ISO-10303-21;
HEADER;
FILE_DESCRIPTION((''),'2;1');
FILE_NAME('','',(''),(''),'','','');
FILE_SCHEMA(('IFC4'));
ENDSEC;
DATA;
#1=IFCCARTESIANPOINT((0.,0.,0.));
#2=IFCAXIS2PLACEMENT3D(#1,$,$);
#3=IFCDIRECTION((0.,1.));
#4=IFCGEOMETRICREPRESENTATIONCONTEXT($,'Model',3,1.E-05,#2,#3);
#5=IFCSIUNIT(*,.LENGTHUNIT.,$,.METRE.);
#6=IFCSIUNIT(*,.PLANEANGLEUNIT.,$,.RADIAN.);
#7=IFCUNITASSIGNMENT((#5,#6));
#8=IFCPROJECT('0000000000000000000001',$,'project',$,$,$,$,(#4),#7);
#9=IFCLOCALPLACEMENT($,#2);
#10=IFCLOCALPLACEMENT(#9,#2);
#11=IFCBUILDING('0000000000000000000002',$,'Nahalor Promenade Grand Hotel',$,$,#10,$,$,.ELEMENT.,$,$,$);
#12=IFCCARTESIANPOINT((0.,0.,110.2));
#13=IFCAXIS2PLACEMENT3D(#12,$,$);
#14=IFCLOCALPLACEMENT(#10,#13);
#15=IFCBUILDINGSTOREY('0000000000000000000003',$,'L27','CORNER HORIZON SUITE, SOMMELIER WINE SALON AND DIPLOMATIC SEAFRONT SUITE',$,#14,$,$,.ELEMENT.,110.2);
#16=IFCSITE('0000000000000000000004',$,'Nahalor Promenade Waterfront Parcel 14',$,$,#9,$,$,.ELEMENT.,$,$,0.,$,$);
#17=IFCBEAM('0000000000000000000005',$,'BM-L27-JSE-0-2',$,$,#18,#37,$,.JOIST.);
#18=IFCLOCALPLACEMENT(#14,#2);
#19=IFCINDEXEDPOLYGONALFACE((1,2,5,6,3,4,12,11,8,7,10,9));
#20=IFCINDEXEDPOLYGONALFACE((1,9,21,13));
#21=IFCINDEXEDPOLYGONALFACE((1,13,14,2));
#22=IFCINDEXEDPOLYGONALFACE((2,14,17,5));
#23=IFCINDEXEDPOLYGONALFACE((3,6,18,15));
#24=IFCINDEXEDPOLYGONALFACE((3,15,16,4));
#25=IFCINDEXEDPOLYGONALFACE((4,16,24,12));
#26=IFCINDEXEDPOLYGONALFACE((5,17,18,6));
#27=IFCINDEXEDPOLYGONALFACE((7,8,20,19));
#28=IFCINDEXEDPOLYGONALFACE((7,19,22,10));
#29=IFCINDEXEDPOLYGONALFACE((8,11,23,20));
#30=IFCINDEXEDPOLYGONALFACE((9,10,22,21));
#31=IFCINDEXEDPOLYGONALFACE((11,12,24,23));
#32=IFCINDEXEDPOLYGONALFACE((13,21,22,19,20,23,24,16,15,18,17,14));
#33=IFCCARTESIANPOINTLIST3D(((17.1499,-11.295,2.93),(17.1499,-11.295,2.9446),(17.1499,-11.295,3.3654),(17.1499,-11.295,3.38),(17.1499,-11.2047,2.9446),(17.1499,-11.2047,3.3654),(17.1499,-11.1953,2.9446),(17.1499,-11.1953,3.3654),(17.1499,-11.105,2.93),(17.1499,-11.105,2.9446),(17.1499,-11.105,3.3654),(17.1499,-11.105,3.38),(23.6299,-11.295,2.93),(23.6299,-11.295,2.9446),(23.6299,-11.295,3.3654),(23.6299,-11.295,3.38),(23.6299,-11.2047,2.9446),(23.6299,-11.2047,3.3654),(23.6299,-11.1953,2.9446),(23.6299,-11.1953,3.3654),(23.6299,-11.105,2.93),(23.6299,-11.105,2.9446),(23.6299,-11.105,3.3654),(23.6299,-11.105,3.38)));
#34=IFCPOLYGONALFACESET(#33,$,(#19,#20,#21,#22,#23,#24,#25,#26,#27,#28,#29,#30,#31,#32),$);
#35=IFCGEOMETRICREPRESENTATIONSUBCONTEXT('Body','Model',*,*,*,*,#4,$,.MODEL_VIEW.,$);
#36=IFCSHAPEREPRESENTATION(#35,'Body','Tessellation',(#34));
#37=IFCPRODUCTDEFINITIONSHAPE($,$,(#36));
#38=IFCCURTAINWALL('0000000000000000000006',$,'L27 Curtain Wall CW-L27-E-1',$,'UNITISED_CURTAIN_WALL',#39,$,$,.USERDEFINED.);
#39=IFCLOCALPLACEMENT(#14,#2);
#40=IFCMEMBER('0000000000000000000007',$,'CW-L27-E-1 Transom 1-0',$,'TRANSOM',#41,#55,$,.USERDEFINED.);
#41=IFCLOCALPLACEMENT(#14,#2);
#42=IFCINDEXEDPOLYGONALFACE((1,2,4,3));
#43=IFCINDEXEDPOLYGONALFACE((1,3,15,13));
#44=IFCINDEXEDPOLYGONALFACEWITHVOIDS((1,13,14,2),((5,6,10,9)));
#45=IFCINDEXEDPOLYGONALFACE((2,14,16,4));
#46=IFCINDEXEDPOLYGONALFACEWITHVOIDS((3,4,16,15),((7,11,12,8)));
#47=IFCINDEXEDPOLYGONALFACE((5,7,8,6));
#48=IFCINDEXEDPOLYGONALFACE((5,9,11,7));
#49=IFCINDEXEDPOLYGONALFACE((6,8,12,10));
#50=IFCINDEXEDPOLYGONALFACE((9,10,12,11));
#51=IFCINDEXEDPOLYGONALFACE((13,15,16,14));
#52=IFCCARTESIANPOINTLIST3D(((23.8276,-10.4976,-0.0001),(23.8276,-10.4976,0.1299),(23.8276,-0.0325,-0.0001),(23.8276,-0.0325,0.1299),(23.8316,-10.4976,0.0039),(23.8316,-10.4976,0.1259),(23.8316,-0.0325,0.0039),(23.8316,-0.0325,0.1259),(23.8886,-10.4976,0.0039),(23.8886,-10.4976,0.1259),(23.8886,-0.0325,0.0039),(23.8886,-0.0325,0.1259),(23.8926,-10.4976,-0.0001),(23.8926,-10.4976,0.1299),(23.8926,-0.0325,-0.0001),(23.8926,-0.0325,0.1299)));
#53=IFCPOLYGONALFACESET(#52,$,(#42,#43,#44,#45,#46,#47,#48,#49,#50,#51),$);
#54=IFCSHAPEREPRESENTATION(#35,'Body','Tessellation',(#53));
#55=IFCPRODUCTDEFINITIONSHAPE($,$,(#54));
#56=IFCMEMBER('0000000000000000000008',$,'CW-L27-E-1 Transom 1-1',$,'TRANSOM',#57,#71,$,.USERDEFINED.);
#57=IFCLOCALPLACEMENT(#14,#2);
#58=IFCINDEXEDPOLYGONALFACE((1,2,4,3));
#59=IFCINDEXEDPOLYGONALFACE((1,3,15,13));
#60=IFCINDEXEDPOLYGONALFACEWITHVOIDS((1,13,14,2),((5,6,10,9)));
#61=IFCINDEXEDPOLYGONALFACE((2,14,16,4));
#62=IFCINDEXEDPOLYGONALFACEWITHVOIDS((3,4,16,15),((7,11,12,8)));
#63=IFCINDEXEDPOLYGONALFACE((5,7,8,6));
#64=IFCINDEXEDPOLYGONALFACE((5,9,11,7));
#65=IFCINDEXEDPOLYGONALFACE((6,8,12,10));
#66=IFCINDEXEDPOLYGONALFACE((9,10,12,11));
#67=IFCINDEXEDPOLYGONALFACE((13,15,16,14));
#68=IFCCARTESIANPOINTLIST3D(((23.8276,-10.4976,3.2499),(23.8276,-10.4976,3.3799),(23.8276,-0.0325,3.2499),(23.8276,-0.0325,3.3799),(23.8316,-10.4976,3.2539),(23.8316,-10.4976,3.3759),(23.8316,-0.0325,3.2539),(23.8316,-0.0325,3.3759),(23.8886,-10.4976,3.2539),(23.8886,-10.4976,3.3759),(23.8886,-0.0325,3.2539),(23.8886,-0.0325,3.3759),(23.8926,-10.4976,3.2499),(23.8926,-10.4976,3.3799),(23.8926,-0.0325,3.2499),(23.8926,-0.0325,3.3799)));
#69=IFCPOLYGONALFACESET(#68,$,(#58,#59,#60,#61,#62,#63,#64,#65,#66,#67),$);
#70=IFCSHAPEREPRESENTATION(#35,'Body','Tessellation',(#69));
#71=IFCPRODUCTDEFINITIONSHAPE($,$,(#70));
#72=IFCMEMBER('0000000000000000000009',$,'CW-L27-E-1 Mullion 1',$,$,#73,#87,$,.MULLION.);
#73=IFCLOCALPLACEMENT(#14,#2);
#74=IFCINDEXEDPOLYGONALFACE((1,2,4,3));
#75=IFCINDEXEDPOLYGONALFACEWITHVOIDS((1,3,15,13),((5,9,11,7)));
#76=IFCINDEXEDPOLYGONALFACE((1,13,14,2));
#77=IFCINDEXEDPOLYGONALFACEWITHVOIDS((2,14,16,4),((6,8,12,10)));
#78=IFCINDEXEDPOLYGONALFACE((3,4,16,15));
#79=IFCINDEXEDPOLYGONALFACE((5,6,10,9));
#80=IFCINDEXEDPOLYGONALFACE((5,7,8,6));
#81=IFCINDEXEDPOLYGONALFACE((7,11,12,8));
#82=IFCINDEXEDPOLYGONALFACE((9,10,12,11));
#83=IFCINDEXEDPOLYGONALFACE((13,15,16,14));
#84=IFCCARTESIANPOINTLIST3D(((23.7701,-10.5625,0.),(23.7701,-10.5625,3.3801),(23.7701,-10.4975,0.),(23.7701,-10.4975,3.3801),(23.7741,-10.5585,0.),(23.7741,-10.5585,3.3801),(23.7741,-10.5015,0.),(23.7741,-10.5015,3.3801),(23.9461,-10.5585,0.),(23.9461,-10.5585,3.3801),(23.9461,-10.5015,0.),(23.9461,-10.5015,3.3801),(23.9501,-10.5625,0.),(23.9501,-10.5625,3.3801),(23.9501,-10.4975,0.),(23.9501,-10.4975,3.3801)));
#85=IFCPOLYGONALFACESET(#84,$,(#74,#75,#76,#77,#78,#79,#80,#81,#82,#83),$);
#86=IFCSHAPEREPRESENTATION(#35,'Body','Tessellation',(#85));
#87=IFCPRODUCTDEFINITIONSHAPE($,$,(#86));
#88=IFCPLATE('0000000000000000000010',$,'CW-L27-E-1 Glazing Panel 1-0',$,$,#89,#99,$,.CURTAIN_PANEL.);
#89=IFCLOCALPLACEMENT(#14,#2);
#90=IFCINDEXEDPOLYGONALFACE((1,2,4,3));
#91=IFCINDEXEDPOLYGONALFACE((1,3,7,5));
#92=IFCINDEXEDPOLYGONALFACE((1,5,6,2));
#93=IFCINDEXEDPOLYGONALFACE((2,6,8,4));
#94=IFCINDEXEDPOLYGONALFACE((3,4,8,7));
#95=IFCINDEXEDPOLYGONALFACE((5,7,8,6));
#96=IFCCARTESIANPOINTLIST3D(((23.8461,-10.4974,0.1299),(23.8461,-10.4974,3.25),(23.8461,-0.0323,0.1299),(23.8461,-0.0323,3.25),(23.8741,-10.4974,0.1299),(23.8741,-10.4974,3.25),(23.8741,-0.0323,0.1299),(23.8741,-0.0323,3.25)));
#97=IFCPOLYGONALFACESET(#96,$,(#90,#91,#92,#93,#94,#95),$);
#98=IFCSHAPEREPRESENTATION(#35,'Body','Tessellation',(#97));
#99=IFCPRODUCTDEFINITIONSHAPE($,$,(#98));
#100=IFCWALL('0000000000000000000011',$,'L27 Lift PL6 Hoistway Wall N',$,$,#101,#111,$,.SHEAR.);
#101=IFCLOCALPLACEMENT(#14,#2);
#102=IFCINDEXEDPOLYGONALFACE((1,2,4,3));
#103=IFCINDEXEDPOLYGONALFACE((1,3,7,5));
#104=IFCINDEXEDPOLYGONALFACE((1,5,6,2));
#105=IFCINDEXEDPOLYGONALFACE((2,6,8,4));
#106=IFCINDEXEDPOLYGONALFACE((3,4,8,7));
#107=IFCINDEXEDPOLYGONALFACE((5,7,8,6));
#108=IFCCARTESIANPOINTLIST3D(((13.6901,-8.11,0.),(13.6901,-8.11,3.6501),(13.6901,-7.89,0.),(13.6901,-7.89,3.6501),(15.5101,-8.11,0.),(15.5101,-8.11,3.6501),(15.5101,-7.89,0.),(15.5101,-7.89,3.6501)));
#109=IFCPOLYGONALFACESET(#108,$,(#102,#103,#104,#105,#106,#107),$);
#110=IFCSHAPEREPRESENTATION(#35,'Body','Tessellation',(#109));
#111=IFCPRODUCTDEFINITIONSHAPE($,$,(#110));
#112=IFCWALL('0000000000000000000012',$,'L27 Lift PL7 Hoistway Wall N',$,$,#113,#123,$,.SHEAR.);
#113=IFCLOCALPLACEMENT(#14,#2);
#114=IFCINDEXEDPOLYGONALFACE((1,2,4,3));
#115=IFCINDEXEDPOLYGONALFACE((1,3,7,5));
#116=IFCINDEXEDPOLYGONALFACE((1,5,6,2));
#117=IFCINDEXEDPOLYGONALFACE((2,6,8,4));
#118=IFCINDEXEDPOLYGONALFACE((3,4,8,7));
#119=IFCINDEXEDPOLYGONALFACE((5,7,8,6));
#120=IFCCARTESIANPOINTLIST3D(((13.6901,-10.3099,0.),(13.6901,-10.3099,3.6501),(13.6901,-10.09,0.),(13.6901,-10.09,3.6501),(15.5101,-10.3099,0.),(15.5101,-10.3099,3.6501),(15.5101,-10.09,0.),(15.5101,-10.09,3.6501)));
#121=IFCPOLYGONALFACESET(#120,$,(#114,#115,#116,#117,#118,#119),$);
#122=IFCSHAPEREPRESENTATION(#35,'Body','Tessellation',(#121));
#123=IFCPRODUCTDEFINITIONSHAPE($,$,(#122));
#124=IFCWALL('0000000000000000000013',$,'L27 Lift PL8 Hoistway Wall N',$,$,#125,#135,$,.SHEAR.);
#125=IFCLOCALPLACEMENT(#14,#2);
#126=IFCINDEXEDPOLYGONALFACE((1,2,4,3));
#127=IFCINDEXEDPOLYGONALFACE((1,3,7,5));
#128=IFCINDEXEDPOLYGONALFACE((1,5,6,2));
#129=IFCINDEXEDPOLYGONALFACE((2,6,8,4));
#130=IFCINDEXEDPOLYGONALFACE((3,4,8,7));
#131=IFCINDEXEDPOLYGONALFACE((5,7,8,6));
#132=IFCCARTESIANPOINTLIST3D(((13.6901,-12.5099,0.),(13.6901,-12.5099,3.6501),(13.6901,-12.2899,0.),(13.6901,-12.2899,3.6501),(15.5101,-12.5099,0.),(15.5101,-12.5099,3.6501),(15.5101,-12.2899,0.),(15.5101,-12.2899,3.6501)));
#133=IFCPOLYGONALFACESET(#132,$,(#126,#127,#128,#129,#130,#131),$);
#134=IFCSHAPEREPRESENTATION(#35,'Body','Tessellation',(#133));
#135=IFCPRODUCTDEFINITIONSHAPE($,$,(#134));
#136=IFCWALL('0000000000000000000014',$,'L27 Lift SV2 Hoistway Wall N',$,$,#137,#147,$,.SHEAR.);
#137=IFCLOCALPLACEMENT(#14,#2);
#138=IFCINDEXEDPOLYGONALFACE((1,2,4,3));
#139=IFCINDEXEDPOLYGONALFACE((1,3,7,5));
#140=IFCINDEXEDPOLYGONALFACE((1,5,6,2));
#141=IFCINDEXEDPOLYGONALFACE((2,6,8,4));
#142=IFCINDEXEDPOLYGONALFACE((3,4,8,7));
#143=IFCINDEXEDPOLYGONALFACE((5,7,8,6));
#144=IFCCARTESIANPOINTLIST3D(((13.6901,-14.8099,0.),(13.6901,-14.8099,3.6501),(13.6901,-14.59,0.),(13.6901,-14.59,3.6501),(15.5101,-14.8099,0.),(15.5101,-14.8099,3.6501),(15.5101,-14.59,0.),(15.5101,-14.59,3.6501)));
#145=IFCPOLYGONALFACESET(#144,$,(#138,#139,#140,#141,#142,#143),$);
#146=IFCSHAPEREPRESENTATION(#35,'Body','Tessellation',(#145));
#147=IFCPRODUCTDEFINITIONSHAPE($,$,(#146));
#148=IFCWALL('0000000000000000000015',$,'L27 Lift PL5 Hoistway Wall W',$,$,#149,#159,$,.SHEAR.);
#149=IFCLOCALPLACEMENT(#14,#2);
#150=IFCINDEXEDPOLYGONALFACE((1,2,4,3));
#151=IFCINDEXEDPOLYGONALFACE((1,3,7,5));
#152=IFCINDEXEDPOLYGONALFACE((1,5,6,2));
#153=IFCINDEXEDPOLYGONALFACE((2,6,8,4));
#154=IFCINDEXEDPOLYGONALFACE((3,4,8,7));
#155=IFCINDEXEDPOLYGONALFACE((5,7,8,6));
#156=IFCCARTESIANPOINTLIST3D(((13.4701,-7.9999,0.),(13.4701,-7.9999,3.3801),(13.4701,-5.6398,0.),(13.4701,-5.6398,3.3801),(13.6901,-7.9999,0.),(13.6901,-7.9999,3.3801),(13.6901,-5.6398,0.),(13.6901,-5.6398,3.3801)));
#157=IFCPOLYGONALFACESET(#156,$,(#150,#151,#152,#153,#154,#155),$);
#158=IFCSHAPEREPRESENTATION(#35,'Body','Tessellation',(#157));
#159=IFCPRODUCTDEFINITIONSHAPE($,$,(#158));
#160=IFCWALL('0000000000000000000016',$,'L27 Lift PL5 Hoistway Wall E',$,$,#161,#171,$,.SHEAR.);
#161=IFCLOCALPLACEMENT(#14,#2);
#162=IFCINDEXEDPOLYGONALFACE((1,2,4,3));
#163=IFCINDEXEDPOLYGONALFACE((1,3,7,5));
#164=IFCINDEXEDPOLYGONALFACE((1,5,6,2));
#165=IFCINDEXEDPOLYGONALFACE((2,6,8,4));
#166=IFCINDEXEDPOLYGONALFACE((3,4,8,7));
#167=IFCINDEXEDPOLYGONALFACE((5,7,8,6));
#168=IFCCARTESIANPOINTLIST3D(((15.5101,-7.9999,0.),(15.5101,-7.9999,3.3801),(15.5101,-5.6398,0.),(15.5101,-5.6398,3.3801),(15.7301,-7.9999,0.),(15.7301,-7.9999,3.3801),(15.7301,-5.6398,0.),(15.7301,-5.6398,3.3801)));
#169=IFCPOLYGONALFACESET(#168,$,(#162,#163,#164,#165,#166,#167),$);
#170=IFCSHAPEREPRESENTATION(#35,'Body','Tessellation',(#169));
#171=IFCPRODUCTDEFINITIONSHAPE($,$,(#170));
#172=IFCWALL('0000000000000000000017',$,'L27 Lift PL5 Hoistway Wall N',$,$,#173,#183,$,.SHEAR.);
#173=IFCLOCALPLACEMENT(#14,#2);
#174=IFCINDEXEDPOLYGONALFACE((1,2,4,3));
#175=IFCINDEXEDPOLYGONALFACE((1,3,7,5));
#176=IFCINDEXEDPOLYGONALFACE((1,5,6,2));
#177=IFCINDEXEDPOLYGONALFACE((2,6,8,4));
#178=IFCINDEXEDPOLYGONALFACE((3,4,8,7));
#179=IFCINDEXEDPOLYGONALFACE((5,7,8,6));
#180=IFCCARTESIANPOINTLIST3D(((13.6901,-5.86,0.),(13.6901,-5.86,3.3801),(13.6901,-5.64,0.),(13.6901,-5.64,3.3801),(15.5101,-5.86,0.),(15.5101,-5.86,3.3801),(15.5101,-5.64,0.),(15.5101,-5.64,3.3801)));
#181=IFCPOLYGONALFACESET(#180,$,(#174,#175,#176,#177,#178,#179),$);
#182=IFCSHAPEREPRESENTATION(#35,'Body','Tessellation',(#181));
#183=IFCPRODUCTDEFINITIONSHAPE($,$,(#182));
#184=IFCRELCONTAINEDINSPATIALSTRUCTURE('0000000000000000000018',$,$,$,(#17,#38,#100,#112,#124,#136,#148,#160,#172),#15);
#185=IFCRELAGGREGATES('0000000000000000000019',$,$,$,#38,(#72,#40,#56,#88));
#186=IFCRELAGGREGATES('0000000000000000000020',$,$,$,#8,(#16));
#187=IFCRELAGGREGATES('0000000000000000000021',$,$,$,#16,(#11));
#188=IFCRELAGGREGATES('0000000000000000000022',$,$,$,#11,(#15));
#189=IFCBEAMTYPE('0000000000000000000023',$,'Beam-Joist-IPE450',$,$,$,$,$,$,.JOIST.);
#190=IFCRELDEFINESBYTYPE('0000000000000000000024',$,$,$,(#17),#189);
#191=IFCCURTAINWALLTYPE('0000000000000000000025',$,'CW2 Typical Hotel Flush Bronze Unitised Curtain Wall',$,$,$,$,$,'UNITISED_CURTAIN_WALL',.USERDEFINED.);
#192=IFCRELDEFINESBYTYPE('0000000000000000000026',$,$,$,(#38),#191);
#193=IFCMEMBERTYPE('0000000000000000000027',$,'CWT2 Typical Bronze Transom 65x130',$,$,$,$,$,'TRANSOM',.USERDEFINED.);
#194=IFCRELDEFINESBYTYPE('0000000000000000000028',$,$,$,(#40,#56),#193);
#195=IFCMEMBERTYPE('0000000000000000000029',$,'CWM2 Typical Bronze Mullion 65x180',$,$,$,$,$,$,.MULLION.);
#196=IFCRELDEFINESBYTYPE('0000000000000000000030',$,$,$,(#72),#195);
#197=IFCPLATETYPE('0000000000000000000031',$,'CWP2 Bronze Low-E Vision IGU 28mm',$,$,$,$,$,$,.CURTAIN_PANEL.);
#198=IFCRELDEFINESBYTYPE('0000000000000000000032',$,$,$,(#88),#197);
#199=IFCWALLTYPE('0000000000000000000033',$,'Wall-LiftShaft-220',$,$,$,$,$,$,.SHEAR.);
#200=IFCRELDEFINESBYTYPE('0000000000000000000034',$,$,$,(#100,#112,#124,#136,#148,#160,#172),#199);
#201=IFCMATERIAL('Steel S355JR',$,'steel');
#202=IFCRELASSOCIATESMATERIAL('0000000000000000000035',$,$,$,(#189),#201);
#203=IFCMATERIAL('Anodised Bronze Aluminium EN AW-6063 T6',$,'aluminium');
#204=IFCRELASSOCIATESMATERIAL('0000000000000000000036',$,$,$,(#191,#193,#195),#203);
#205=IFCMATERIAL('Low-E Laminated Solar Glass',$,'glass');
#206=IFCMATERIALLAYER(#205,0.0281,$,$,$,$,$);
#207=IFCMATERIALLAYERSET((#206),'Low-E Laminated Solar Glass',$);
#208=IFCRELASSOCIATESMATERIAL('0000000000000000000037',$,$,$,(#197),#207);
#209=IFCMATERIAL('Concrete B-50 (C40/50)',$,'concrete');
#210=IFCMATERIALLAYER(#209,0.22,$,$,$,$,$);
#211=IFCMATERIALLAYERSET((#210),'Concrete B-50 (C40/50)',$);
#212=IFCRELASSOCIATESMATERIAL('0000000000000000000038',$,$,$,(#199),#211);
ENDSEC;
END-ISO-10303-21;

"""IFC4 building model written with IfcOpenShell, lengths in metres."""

from ifc_helpers import new_model, si_unit, direction, frame, frame_2d, origin, origin_2d, place, context, subcontext, project, spatial, rectangle, hollow_rectangle, i_section, extrude, source, transform, mapped, material, layer, layer_set, material_profile, profile_set, type_object, element, aggregate, save


model = new_model("IFC4")

# Units and contexts
model_context = context("Model", 3, precision=1e-05, world=origin(), true_north=direction((0.0, 1.0)))
body_context = subcontext(model_context, "Body", "Model", "MODEL_VIEW")
ifc_project = project(units=[si_unit("LENGTHUNIT", "METRE"), si_unit("PLANEANGLEUNIT", "RADIAN")], contexts=[model_context])

# Site, building, storey
site_placement = place(None, origin())
site = spatial("IfcSite", under=ifc_project, at=site_placement, Name="Nahalor Promenade Waterfront Parcel 14", CompositionType="ELEMENT", RefElevation=0.0)
building_placement = place(site_placement, origin())
building = spatial("IfcBuilding", under=site, at=building_placement, Name="Nahalor Promenade Grand Hotel", CompositionType="ELEMENT")
storey_placement = place(building_placement, frame((0.0, 0.0, 110.2)))
storey = spatial("IfcBuildingStorey", under=building, at=storey_placement, Name="L27", Description="CORNER HORIZON SUITE, SOMMELIER WINE SALON AND DIPLOMATIC SEAFRONT SUITE", CompositionType="ELEMENT", Elevation=110.2)

# Beam
ifc_material_1 = material(Name="Steel S355JR", Category="steel")
ifc_material_profile_1 = material_profile(ifc_material_1, i_section(OverallWidth=0.19, OverallDepth=0.45, WebThickness=0.0094, FlangeThickness=0.0146, at=origin_2d()), Name="IPE 450")
ifc_profile_set_1 = profile_set([ifc_material_profile_1], Name="Steel S355JR")
beam_type_1 = type_object("IfcBeamType", Name="Beam-Joist-IPE450", PredefinedType="JOIST", material=ifc_profile_set_1)
shared_shape_1 = source(origin(), body_context, "Body", "SweptSolid", [
    extrude(i_section(OverallWidth=0.19, OverallDepth=0.45, WebThickness=0.0094, FlangeThickness=0.0146, at=origin_2d()), origin(), (0.0, 0.0, 1.0), 6.48),
])
beam_1_placement = place(storey_placement, frame((17.1499, -11.2, 3.155), z_axis=(1.0, 0.0, 0.0), x_axis=(0.0, 1.0, 0.0)))
element("IfcBeam", 1, at=beam_1_placement, inside=storey, type_object=beam_type_1, Name="BM-L27-JSE-0-2", PredefinedType="JOIST", context=body_context, shape_type="MappedRepresentation", body=[
    mapped(shared_shape_1, transform((0.0, 0.0, 0.0), scale=1.0)),
])

# Curtain wall, members, plate
ifc_material_2 = material(Name="Anodised Bronze Aluminium EN AW-6063 T6", Category="aluminium")
curtain_wall_type = type_object("IfcCurtainWallType", Name="CW2 Typical Hotel Flush Bronze Unitised Curtain Wall", ElementType="UNITISED_CURTAIN_WALL", PredefinedType="USERDEFINED", material=ifc_material_2)
curtain_wall_placement = place(storey_placement, origin())
curtain_wall = element("IfcCurtainWall", 2, at=curtain_wall_placement, inside=storey, type_object=curtain_wall_type, Name="L27 Curtain Wall CW-L27-E-1", ObjectType="UNITISED_CURTAIN_WALL", PredefinedType="USERDEFINED")
ifc_material_profile_2 = material_profile(ifc_material_2, hollow_rectangle(XDim=0.065, YDim=0.13, WallThickness=0.004, at=origin_2d()), Name="CWT 65x130x4")
ifc_profile_set_2 = profile_set([ifc_material_profile_2], Name="Anodised Bronze Aluminium EN AW-6063 T6")
member_type_1 = type_object("IfcMemberType", Name="CWT2 Typical Bronze Transom 65x130", ElementType="TRANSOM", PredefinedType="USERDEFINED", material=ifc_profile_set_2)
shared_shape_2 = source(origin(), body_context, "Body", "SweptSolid", [
    extrude(hollow_rectangle(XDim=0.065, YDim=0.13, WallThickness=0.004, at=origin_2d()), origin(), (0.0, 0.0, 1.0), 10.4651),
])
member_1_placement = place(storey_placement, frame((23.8601, -10.4976, 0.0649), z_axis=(0.0, 1.0, 0.0), x_axis=(-1.0, 0.0, 0.0)))
member_1 = element("IfcMember", 3, at=member_1_placement, type_object=member_type_1, Name="CW-L27-E-1 Transom 1-0", ObjectType="TRANSOM", PredefinedType="USERDEFINED", context=body_context, shape_type="MappedRepresentation", body=[
    mapped(shared_shape_2, transform((0.0, 0.0, 0.0), scale=1.0)),
])
member_2_placement = place(storey_placement, frame((23.8601, -10.4976, 3.3149), z_axis=(0.0, 1.0, 0.0), x_axis=(-1.0, 0.0, 0.0)))
member_2 = element("IfcMember", 4, at=member_2_placement, type_object=member_type_1, Name="CW-L27-E-1 Transom 1-1", ObjectType="TRANSOM", PredefinedType="USERDEFINED", context=body_context, shape_type="MappedRepresentation", body=[
    mapped(shared_shape_2, transform((0.0, 0.0, 0.0), scale=1.0)),
])
ifc_material_profile_3 = material_profile(ifc_material_2, hollow_rectangle(XDim=0.065, YDim=0.18, WallThickness=0.004, at=origin_2d()), Name="CWM 65x180x4")
ifc_profile_set_3 = profile_set([ifc_material_profile_3], Name="Anodised Bronze Aluminium EN AW-6063 T6")
member_type_2 = type_object("IfcMemberType", Name="CWM2 Typical Bronze Mullion 65x180", PredefinedType="MULLION", material=ifc_profile_set_3)
shared_shape_3 = source(origin(), body_context, "Body", "SweptSolid", [
    extrude(hollow_rectangle(XDim=0.065, YDim=0.18, WallThickness=0.004, at=origin_2d()), origin(), (0.0, 0.0, 1.0), 3.3801),
])
member_3_placement = place(storey_placement, frame((23.8601, -10.53, 0.0), z_axis=(0.0, 0.0, 1.0), x_axis=(0.0, 1.0, 0.0)))
member_3 = element("IfcMember", 5, at=member_3_placement, type_object=member_type_2, Name="CW-L27-E-1 Mullion 1", PredefinedType="MULLION", context=body_context, shape_type="MappedRepresentation", body=[
    mapped(shared_shape_3, transform((0.0, 0.0, 0.0), scale=1.0)),
])
ifc_material_3 = material(Name="Low-E Laminated Solar Glass", Category="glass")
ifc_layer_1 = layer(ifc_material_3, 0.0281)
ifc_layer_set_1 = layer_set([ifc_layer_1], Name="Low-E Laminated Solar Glass")
plate_type = type_object("IfcPlateType", Name="CWP2 Bronze Low-E Vision IGU 28mm", PredefinedType="CURTAIN_PANEL", material=ifc_layer_set_1)
shared_shape_4 = source(origin(), body_context, "Body", "SweptSolid", [
    extrude(rectangle(XDim=10.4651, YDim=0.0281, at=origin_2d()), origin(), (0.0, 0.0, 1.0), 3.1201),
])
plate_placement = place(storey_placement, frame((23.8601, -5.2649, 0.1299), z_axis=(0.0, 0.0, 1.0), x_axis=(0.0, 1.0, 0.0)))
plate = element("IfcPlate", 6, at=plate_placement, type_object=plate_type, Name="CW-L27-E-1 Glazing Panel 1-0", PredefinedType="CURTAIN_PANEL", context=body_context, shape_type="MappedRepresentation", body=[
    mapped(shared_shape_4, transform((0.0, 0.0, 0.0), scale=1.0)),
])
aggregate(curtain_wall, [member_3, member_1, member_2, plate])

# Walls
ifc_material_4 = material(Name="Concrete B-50 (C40/50)", Category="concrete")
ifc_layer_2 = layer(ifc_material_4, 0.22)
ifc_layer_set_2 = layer_set([ifc_layer_2], Name="Concrete B-50 (C40/50)")
wall_type_1 = type_object("IfcWallType", Name="Wall-LiftShaft-220", PredefinedType="SHEAR", material=ifc_layer_set_2)
shared_shape_5 = source(origin(), body_context, "Body", "SweptSolid", [
    extrude(rectangle(XDim=1.8201, YDim=0.22, at=frame_2d((0.9102, 0.0))), origin(), (0.0, 0.0, 1.0), 3.6501),
])
for number, where, z_axis, x_axis, name in (
    (7, (13.6899, -8.0, 0.0), (0.0, 0.0, 1.0), (1.0, 0.0, 0.0), "L27 Lift PL6 Hoistway Wall N"),
    (8, (13.6899, -10.2, 0.0), (0.0, 0.0, 1.0), (1.0, 0.0, 0.0), "L27 Lift PL7 Hoistway Wall N"),
    (9, (13.6899, -12.3999, 0.0), (0.0, 0.0, 1.0), (1.0, 0.0, 0.0), "L27 Lift PL8 Hoistway Wall N"),
    (10, (13.6899, -14.7, 0.0), (0.0, 0.0, 1.0), (1.0, 0.0, 0.0), "L27 Lift SV2 Hoistway Wall N"),
):
    element("IfcWall", number, at=place(storey_placement, frame(where, z_axis=z_axis, x_axis=x_axis)), inside=storey, type_object=wall_type_1, Name=name, PredefinedType="SHEAR", context=body_context, shape_type="MappedRepresentation", body=[
        mapped(shared_shape_5, transform((0.0, 0.0, 0.0), scale=1.0)),
    ])
shared_shape_6 = source(origin(), body_context, "Body", "SweptSolid", [
    extrude(rectangle(XDim=2.3601, YDim=0.22, at=frame_2d((1.1802, 0.0))), origin(), (0.0, 0.0, 1.0), 3.3801),
])
for number, where, z_axis, x_axis, name in (
    (11, (13.5801, -8.0, 0.0), (0.0, 0.0, 1.0), (0.0, 1.0, 0.0), "L27 Lift PL5 Hoistway Wall W"),
    (12, (15.6201, -8.0, 0.0), (0.0, 0.0, 1.0), (0.0, 1.0, 0.0), "L27 Lift PL5 Hoistway Wall E"),
):
    element("IfcWall", number, at=place(storey_placement, frame(where, z_axis=z_axis, x_axis=x_axis)), inside=storey, type_object=wall_type_1, Name=name, PredefinedType="SHEAR", context=body_context, shape_type="MappedRepresentation", body=[
        mapped(shared_shape_6, transform((0.0, 0.0, 0.0), scale=1.0)),
    ])
shared_shape_7 = source(origin(), body_context, "Body", "SweptSolid", [
    extrude(rectangle(XDim=1.8201, YDim=0.22, at=frame_2d((0.9102, 0.0))), origin(), (0.0, 0.0, 1.0), 3.3801),
])
wall_1_placement = place(storey_placement, frame((13.6899, -5.75, 0.0), z_axis=(0.0, 0.0, 1.0), x_axis=(1.0, 0.0, 0.0)))
element("IfcWall", 13, at=wall_1_placement, inside=storey, type_object=wall_type_1, Name="L27 Lift PL5 Hoistway Wall N", PredefinedType="SHEAR", context=body_context, shape_type="MappedRepresentation", body=[
    mapped(shared_shape_7, transform((0.0, 0.0, 0.0), scale=1.0)),
])

save(model, "model.ifc")
